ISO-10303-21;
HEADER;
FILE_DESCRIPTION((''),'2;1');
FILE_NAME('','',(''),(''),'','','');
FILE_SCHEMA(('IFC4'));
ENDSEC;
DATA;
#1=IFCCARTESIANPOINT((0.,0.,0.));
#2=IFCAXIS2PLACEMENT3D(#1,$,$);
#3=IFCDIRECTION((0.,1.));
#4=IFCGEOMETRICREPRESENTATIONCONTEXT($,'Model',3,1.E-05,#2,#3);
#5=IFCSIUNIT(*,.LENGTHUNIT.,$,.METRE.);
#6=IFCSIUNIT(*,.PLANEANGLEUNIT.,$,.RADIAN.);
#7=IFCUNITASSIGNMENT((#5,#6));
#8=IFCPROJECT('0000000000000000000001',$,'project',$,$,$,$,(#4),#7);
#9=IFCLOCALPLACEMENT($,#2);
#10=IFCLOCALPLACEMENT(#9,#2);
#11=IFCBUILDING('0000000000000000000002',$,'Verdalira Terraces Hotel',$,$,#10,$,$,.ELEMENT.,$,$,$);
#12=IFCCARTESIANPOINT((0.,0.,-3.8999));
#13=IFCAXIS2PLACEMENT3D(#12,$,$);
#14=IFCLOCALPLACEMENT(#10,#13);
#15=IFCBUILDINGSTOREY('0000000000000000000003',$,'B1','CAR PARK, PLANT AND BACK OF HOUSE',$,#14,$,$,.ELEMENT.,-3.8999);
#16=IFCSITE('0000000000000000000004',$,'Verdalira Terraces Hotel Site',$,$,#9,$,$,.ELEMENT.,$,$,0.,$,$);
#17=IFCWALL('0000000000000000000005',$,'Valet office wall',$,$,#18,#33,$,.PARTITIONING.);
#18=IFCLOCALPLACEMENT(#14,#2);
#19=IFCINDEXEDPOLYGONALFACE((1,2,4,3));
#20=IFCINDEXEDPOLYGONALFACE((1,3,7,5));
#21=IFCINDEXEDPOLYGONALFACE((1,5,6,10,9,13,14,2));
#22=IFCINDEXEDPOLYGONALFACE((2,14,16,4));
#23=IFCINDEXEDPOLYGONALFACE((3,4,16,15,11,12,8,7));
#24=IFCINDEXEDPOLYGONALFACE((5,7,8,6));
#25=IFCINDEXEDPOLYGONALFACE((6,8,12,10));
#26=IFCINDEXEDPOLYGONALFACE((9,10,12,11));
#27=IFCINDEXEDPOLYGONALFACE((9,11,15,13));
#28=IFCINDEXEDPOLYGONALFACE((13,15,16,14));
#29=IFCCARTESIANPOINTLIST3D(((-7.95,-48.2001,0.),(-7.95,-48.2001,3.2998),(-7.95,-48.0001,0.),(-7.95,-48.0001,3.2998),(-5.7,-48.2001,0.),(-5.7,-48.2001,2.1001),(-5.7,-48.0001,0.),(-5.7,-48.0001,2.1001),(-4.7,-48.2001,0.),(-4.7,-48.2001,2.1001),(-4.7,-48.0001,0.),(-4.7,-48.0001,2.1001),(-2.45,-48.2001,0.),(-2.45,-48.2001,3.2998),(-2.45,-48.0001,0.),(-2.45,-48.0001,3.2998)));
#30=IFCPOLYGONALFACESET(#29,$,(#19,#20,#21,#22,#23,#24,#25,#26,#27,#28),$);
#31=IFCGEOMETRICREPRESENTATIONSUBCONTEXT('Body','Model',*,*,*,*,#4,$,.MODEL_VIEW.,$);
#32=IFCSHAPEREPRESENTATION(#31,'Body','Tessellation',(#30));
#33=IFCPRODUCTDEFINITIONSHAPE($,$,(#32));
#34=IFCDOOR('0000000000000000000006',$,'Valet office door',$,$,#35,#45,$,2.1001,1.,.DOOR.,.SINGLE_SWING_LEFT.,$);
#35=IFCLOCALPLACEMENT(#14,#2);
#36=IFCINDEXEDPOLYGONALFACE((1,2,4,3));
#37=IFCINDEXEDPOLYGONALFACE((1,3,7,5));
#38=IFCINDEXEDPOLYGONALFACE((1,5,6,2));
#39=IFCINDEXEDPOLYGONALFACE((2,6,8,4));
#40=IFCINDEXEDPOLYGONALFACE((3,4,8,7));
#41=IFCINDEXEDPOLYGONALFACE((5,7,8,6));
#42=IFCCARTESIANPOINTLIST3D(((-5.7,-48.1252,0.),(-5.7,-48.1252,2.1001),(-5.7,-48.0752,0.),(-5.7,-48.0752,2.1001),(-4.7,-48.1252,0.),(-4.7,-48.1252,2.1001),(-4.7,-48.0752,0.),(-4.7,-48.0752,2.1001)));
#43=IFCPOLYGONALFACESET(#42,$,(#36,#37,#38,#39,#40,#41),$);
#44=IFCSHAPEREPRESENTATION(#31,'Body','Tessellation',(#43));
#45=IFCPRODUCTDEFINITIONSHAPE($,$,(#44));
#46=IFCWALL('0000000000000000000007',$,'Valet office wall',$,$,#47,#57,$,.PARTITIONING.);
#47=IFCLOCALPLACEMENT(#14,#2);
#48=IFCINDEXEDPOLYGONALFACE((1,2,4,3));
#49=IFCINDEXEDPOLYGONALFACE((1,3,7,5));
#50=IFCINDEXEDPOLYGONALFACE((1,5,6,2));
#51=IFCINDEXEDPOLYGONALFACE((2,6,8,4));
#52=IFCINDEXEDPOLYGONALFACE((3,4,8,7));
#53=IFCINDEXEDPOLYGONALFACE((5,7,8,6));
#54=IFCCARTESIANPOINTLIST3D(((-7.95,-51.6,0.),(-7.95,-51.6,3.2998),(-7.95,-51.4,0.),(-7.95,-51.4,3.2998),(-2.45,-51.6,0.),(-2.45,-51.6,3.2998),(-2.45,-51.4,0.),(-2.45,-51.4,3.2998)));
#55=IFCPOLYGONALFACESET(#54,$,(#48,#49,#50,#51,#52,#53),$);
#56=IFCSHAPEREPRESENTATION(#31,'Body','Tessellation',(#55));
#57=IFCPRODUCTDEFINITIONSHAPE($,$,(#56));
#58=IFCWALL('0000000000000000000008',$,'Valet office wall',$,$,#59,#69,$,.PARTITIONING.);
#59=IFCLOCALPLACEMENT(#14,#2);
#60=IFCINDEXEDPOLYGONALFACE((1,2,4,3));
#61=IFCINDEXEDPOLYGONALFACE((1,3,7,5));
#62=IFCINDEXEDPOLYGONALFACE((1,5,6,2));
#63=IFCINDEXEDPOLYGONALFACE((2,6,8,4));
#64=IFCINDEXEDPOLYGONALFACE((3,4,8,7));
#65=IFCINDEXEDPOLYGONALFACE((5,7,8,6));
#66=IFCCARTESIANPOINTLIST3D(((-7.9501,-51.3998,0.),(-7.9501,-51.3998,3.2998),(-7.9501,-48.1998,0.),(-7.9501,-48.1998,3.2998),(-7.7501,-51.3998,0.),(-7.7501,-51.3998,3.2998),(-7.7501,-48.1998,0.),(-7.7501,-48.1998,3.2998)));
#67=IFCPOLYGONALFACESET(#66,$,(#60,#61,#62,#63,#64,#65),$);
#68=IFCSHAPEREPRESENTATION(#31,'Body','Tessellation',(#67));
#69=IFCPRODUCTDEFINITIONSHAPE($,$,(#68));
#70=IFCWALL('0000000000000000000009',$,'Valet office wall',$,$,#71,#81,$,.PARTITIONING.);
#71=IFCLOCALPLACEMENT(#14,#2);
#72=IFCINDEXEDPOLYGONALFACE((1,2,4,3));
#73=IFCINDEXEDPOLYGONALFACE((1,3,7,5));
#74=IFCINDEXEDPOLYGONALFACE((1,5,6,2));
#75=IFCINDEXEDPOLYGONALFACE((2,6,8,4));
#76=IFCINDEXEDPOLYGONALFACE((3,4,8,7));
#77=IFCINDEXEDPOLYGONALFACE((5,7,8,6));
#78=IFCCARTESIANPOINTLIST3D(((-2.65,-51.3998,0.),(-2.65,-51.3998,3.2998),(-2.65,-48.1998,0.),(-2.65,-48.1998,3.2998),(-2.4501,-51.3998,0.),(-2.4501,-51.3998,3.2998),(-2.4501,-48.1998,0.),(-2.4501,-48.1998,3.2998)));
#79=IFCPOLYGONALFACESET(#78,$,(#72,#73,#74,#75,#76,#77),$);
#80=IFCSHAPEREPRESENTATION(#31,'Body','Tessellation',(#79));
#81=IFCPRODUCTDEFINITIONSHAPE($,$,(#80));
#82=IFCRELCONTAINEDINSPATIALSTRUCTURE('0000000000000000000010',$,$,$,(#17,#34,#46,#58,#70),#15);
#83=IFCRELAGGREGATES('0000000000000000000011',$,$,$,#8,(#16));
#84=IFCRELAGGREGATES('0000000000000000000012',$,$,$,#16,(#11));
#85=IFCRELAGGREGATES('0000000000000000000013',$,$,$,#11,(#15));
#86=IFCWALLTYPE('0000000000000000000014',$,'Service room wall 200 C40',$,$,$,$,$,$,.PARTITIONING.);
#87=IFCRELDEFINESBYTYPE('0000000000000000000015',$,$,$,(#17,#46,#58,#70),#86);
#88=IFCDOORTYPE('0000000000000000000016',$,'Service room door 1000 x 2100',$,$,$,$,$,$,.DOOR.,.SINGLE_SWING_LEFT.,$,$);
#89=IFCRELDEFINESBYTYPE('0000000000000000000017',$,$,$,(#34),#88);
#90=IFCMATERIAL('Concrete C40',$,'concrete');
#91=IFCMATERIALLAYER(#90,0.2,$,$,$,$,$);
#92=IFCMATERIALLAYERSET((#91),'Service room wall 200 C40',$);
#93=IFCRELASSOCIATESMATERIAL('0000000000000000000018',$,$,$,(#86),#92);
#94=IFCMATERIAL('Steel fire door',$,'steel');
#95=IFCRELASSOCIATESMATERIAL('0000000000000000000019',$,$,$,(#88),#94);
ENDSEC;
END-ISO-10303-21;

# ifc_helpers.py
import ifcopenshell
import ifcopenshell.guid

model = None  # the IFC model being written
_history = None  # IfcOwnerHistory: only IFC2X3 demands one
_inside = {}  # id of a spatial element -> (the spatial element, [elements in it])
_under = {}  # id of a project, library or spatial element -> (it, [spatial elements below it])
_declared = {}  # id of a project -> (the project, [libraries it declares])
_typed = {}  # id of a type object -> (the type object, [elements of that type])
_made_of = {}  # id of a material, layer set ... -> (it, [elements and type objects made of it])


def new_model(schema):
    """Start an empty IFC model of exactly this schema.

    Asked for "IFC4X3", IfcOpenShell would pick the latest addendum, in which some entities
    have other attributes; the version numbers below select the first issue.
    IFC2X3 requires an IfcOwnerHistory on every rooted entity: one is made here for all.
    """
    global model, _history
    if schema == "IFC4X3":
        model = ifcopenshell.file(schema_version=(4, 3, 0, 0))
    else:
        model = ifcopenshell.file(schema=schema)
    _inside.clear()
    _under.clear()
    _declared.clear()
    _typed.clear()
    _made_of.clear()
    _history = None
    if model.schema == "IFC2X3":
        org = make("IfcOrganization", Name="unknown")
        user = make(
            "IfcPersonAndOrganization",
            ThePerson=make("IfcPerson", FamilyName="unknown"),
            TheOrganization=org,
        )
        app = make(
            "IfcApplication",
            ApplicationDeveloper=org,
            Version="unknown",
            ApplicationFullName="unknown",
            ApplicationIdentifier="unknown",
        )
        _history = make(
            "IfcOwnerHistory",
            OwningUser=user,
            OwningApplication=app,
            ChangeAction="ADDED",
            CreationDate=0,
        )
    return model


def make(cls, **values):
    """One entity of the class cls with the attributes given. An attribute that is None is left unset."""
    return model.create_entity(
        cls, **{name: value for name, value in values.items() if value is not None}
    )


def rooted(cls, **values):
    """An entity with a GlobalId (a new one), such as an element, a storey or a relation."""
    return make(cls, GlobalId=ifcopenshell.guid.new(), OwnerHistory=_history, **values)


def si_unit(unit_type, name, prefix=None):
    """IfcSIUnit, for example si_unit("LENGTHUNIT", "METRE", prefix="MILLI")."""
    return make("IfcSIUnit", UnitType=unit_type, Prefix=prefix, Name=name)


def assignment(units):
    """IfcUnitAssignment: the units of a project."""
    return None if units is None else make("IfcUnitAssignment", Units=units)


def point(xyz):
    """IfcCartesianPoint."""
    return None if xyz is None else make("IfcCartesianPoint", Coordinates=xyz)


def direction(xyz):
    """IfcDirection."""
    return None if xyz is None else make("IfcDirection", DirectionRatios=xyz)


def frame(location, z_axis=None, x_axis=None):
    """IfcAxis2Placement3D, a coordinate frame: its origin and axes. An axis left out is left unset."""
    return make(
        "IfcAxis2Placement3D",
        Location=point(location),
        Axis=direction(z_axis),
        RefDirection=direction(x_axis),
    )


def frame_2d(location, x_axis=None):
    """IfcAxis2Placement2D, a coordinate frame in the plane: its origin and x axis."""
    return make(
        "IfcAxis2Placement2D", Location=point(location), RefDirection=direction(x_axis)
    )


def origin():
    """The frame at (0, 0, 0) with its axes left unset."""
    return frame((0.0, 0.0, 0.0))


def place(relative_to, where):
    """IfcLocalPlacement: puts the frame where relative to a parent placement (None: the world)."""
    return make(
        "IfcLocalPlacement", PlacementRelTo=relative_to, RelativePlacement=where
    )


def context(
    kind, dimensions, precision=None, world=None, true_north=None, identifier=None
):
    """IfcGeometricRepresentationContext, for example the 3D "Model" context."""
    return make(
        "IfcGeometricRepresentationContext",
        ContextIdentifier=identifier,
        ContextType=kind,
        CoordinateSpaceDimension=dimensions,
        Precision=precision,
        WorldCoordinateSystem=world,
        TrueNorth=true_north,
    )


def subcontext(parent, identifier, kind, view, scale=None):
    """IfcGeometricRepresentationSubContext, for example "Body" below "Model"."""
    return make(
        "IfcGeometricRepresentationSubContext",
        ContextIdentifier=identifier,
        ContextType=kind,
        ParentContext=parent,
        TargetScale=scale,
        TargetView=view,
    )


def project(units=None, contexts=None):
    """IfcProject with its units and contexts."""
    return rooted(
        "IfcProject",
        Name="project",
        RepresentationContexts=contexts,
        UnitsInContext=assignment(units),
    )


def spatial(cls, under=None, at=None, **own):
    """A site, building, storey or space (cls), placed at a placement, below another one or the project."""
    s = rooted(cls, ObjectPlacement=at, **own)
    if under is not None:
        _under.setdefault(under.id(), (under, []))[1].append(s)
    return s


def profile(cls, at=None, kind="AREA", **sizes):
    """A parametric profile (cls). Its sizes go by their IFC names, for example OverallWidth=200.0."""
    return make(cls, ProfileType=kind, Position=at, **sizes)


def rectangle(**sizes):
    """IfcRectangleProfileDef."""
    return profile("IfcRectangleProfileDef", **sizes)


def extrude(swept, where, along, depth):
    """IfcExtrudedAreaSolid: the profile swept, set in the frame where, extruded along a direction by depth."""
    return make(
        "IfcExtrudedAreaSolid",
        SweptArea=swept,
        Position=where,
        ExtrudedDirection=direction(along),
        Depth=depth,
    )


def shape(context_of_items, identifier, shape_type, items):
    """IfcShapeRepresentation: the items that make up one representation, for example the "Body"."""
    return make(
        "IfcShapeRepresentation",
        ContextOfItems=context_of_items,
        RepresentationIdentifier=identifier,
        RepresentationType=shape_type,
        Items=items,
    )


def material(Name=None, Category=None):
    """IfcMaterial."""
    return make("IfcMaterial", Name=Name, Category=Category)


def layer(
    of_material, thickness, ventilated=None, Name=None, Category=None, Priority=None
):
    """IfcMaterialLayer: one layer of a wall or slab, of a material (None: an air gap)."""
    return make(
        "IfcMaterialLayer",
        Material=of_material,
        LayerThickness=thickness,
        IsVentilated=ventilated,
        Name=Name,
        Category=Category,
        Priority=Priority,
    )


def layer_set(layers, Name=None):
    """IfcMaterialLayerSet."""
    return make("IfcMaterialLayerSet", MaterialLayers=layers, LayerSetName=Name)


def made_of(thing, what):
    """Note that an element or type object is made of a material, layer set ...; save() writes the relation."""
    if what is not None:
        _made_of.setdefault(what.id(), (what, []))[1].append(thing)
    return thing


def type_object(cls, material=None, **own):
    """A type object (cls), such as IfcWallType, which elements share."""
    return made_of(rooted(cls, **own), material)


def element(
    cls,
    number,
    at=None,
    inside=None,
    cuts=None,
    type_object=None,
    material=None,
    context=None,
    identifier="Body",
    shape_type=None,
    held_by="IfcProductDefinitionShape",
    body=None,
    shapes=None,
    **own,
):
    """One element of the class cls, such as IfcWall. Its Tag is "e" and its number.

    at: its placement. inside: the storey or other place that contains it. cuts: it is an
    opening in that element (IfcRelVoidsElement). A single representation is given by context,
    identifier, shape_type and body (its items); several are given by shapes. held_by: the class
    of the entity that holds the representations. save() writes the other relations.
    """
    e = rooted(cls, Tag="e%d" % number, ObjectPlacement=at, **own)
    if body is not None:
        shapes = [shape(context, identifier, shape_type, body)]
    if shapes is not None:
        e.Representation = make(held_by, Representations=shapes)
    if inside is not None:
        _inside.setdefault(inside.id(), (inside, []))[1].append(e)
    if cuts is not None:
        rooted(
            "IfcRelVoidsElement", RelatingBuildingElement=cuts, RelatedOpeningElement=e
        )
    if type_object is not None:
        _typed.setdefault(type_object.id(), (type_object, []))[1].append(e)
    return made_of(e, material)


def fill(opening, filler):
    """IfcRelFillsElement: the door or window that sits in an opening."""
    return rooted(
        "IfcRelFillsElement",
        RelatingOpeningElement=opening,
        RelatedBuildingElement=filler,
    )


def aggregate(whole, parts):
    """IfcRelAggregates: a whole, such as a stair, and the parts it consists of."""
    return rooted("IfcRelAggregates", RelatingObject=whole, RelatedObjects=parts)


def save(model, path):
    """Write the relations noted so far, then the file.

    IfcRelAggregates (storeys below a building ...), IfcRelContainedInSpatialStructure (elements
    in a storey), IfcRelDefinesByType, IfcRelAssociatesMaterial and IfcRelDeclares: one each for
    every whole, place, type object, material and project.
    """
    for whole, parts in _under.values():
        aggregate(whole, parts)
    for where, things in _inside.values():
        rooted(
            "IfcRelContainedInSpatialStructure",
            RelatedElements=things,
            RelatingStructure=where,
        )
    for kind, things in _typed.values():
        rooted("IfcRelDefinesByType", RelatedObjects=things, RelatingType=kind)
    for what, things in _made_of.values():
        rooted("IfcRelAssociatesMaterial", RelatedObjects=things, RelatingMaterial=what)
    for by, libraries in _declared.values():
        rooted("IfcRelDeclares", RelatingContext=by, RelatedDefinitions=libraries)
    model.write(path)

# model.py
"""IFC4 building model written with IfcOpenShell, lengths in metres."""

from ifc_helpers import new_model, si_unit, direction, frame, frame_2d, origin, place, context, subcontext, project, spatial, rectangle, extrude, material, layer, layer_set, type_object, element, fill, save


model = new_model("IFC4")

# Units and contexts
model_context = context("Model", 3, precision=1e-05, world=origin(), true_north=direction((0.0, 1.0)))
body_context = subcontext(model_context, "Body", "Model", "MODEL_VIEW")
ifc_project = project(units=[si_unit("LENGTHUNIT", "METRE"), si_unit("PLANEANGLEUNIT", "RADIAN")], contexts=[model_context])

# Site, building, storey
site_placement = place(None, origin())
site = spatial("IfcSite", under=ifc_project, at=site_placement, Name="Verdalira Terraces Hotel Site", CompositionType="ELEMENT", RefElevation=0.0)
building_placement = place(site_placement, origin())
building = spatial("IfcBuilding", under=site, at=building_placement, Name="Verdalira Terraces Hotel", CompositionType="ELEMENT")
storey_placement = place(building_placement, frame((0.0, 0.0, -3.8999)))
storey = spatial("IfcBuildingStorey", under=building, at=storey_placement, Name="B1", Description="CAR PARK, PLANT AND BACK OF HOUSE", CompositionType="ELEMENT", Elevation=-3.8999)

# Wall, opening, door
ifc_material_1 = material(Name="Concrete C40", Category="concrete")
ifc_layer_1 = layer(ifc_material_1, 0.2)
ifc_layer_set_1 = layer_set([ifc_layer_1], Name="Service room wall 200 C40")
wall_type_1 = type_object("IfcWallType", Name="Service room wall 200 C40", PredefinedType="PARTITIONING", material=ifc_layer_set_1)
wall_1_placement = place(storey_placement, frame((-7.95, -48.1001, 0.0), z_axis=(0.0, 0.0, 1.0), x_axis=(1.0, 0.0, 0.0)))
wall_1 = element("IfcWall", 1, at=wall_1_placement, inside=storey, type_object=wall_type_1, Name="Valet office wall", PredefinedType="PARTITIONING", context=body_context, shape_type="SweptSolid", body=[
    extrude(rectangle(XDim=5.5, YDim=0.2, at=frame_2d((2.75, 0.0))), origin(), (0.0, 0.0, 1.0), 3.2998),
])
opening_1_placement = place(wall_1_placement, frame((2.25, 0.0, 0.0)))
opening_1 = element("IfcOpeningElement", 2, at=opening_1_placement, cuts=wall_1, PredefinedType="OPENING", context=body_context, shape_type="SweptSolid", body=[
    extrude(rectangle(XDim=1.0, YDim=2.1001, at=frame_2d((0.5, 1.05))), frame((0.0, 0.1099, 0.0), z_axis=(0.0, -1.0, 0.0), x_axis=(1.0, 0.0, 0.0)), (0.0, 0.0, 1.0), 0.22),
])
ifc_material_2 = material(Name="Steel fire door", Category="steel")
door_type_1 = type_object("IfcDoorType", Name="Service room door 1000 x 2100", OperationType="SINGLE_SWING_LEFT", PredefinedType="DOOR", material=ifc_material_2)
door_1_placement = place(opening_1_placement, origin())
door_1 = element("IfcDoor", 3, at=door_1_placement, inside=storey, type_object=door_type_1, Name="Valet office door", OperationType="SINGLE_SWING_LEFT", OverallHeight=2.1001, OverallWidth=1.0, PredefinedType="DOOR", context=body_context, shape_type="SweptSolid", body=[
    extrude(rectangle(XDim=1.0, YDim=2.1001, at=frame_2d((0.5, 1.05))), frame((0.0, 0.0249, 0.0), z_axis=(0.0, -1.0, 0.0), x_axis=(1.0, 0.0, 0.0)), (0.0, 0.0, 1.0), 0.05),
])
fill(opening_1, door_1)

# Walls
wall_2_placement = place(storey_placement, frame((-7.95, -51.5, 0.0), z_axis=(0.0, 0.0, 1.0), x_axis=(1.0, 0.0, 0.0)))
element("IfcWall", 4, at=wall_2_placement, inside=storey, type_object=wall_type_1, Name="Valet office wall", PredefinedType="PARTITIONING", context=body_context, shape_type="SweptSolid", body=[
    extrude(rectangle(XDim=5.5, YDim=0.2, at=frame_2d((2.75, 0.0))), origin(), (0.0, 0.0, 1.0), 3.2998),
])
for number, where, z_axis, x_axis, name in (
    (5, (-7.8501, -51.3999, 0.0), (0.0, 0.0, 1.0), (0.0, 1.0, 0.0), "Valet office wall"),
    (6, (-2.55, -51.3999, 0.0), (0.0, 0.0, 1.0), (0.0, 1.0, 0.0), "Valet office wall"),
):
    element("IfcWall", number, at=place(storey_placement, frame(where, z_axis=z_axis, x_axis=x_axis)), inside=storey, type_object=wall_type_1, Name=name, PredefinedType="PARTITIONING", context=body_context, shape_type="SweptSolid", body=[
        extrude(rectangle(XDim=3.2, YDim=0.2, at=frame_2d((1.6001, 0.0))), origin(), (0.0, 0.0, 1.0), 3.2998),
    ])

save(model, "model.ifc")
